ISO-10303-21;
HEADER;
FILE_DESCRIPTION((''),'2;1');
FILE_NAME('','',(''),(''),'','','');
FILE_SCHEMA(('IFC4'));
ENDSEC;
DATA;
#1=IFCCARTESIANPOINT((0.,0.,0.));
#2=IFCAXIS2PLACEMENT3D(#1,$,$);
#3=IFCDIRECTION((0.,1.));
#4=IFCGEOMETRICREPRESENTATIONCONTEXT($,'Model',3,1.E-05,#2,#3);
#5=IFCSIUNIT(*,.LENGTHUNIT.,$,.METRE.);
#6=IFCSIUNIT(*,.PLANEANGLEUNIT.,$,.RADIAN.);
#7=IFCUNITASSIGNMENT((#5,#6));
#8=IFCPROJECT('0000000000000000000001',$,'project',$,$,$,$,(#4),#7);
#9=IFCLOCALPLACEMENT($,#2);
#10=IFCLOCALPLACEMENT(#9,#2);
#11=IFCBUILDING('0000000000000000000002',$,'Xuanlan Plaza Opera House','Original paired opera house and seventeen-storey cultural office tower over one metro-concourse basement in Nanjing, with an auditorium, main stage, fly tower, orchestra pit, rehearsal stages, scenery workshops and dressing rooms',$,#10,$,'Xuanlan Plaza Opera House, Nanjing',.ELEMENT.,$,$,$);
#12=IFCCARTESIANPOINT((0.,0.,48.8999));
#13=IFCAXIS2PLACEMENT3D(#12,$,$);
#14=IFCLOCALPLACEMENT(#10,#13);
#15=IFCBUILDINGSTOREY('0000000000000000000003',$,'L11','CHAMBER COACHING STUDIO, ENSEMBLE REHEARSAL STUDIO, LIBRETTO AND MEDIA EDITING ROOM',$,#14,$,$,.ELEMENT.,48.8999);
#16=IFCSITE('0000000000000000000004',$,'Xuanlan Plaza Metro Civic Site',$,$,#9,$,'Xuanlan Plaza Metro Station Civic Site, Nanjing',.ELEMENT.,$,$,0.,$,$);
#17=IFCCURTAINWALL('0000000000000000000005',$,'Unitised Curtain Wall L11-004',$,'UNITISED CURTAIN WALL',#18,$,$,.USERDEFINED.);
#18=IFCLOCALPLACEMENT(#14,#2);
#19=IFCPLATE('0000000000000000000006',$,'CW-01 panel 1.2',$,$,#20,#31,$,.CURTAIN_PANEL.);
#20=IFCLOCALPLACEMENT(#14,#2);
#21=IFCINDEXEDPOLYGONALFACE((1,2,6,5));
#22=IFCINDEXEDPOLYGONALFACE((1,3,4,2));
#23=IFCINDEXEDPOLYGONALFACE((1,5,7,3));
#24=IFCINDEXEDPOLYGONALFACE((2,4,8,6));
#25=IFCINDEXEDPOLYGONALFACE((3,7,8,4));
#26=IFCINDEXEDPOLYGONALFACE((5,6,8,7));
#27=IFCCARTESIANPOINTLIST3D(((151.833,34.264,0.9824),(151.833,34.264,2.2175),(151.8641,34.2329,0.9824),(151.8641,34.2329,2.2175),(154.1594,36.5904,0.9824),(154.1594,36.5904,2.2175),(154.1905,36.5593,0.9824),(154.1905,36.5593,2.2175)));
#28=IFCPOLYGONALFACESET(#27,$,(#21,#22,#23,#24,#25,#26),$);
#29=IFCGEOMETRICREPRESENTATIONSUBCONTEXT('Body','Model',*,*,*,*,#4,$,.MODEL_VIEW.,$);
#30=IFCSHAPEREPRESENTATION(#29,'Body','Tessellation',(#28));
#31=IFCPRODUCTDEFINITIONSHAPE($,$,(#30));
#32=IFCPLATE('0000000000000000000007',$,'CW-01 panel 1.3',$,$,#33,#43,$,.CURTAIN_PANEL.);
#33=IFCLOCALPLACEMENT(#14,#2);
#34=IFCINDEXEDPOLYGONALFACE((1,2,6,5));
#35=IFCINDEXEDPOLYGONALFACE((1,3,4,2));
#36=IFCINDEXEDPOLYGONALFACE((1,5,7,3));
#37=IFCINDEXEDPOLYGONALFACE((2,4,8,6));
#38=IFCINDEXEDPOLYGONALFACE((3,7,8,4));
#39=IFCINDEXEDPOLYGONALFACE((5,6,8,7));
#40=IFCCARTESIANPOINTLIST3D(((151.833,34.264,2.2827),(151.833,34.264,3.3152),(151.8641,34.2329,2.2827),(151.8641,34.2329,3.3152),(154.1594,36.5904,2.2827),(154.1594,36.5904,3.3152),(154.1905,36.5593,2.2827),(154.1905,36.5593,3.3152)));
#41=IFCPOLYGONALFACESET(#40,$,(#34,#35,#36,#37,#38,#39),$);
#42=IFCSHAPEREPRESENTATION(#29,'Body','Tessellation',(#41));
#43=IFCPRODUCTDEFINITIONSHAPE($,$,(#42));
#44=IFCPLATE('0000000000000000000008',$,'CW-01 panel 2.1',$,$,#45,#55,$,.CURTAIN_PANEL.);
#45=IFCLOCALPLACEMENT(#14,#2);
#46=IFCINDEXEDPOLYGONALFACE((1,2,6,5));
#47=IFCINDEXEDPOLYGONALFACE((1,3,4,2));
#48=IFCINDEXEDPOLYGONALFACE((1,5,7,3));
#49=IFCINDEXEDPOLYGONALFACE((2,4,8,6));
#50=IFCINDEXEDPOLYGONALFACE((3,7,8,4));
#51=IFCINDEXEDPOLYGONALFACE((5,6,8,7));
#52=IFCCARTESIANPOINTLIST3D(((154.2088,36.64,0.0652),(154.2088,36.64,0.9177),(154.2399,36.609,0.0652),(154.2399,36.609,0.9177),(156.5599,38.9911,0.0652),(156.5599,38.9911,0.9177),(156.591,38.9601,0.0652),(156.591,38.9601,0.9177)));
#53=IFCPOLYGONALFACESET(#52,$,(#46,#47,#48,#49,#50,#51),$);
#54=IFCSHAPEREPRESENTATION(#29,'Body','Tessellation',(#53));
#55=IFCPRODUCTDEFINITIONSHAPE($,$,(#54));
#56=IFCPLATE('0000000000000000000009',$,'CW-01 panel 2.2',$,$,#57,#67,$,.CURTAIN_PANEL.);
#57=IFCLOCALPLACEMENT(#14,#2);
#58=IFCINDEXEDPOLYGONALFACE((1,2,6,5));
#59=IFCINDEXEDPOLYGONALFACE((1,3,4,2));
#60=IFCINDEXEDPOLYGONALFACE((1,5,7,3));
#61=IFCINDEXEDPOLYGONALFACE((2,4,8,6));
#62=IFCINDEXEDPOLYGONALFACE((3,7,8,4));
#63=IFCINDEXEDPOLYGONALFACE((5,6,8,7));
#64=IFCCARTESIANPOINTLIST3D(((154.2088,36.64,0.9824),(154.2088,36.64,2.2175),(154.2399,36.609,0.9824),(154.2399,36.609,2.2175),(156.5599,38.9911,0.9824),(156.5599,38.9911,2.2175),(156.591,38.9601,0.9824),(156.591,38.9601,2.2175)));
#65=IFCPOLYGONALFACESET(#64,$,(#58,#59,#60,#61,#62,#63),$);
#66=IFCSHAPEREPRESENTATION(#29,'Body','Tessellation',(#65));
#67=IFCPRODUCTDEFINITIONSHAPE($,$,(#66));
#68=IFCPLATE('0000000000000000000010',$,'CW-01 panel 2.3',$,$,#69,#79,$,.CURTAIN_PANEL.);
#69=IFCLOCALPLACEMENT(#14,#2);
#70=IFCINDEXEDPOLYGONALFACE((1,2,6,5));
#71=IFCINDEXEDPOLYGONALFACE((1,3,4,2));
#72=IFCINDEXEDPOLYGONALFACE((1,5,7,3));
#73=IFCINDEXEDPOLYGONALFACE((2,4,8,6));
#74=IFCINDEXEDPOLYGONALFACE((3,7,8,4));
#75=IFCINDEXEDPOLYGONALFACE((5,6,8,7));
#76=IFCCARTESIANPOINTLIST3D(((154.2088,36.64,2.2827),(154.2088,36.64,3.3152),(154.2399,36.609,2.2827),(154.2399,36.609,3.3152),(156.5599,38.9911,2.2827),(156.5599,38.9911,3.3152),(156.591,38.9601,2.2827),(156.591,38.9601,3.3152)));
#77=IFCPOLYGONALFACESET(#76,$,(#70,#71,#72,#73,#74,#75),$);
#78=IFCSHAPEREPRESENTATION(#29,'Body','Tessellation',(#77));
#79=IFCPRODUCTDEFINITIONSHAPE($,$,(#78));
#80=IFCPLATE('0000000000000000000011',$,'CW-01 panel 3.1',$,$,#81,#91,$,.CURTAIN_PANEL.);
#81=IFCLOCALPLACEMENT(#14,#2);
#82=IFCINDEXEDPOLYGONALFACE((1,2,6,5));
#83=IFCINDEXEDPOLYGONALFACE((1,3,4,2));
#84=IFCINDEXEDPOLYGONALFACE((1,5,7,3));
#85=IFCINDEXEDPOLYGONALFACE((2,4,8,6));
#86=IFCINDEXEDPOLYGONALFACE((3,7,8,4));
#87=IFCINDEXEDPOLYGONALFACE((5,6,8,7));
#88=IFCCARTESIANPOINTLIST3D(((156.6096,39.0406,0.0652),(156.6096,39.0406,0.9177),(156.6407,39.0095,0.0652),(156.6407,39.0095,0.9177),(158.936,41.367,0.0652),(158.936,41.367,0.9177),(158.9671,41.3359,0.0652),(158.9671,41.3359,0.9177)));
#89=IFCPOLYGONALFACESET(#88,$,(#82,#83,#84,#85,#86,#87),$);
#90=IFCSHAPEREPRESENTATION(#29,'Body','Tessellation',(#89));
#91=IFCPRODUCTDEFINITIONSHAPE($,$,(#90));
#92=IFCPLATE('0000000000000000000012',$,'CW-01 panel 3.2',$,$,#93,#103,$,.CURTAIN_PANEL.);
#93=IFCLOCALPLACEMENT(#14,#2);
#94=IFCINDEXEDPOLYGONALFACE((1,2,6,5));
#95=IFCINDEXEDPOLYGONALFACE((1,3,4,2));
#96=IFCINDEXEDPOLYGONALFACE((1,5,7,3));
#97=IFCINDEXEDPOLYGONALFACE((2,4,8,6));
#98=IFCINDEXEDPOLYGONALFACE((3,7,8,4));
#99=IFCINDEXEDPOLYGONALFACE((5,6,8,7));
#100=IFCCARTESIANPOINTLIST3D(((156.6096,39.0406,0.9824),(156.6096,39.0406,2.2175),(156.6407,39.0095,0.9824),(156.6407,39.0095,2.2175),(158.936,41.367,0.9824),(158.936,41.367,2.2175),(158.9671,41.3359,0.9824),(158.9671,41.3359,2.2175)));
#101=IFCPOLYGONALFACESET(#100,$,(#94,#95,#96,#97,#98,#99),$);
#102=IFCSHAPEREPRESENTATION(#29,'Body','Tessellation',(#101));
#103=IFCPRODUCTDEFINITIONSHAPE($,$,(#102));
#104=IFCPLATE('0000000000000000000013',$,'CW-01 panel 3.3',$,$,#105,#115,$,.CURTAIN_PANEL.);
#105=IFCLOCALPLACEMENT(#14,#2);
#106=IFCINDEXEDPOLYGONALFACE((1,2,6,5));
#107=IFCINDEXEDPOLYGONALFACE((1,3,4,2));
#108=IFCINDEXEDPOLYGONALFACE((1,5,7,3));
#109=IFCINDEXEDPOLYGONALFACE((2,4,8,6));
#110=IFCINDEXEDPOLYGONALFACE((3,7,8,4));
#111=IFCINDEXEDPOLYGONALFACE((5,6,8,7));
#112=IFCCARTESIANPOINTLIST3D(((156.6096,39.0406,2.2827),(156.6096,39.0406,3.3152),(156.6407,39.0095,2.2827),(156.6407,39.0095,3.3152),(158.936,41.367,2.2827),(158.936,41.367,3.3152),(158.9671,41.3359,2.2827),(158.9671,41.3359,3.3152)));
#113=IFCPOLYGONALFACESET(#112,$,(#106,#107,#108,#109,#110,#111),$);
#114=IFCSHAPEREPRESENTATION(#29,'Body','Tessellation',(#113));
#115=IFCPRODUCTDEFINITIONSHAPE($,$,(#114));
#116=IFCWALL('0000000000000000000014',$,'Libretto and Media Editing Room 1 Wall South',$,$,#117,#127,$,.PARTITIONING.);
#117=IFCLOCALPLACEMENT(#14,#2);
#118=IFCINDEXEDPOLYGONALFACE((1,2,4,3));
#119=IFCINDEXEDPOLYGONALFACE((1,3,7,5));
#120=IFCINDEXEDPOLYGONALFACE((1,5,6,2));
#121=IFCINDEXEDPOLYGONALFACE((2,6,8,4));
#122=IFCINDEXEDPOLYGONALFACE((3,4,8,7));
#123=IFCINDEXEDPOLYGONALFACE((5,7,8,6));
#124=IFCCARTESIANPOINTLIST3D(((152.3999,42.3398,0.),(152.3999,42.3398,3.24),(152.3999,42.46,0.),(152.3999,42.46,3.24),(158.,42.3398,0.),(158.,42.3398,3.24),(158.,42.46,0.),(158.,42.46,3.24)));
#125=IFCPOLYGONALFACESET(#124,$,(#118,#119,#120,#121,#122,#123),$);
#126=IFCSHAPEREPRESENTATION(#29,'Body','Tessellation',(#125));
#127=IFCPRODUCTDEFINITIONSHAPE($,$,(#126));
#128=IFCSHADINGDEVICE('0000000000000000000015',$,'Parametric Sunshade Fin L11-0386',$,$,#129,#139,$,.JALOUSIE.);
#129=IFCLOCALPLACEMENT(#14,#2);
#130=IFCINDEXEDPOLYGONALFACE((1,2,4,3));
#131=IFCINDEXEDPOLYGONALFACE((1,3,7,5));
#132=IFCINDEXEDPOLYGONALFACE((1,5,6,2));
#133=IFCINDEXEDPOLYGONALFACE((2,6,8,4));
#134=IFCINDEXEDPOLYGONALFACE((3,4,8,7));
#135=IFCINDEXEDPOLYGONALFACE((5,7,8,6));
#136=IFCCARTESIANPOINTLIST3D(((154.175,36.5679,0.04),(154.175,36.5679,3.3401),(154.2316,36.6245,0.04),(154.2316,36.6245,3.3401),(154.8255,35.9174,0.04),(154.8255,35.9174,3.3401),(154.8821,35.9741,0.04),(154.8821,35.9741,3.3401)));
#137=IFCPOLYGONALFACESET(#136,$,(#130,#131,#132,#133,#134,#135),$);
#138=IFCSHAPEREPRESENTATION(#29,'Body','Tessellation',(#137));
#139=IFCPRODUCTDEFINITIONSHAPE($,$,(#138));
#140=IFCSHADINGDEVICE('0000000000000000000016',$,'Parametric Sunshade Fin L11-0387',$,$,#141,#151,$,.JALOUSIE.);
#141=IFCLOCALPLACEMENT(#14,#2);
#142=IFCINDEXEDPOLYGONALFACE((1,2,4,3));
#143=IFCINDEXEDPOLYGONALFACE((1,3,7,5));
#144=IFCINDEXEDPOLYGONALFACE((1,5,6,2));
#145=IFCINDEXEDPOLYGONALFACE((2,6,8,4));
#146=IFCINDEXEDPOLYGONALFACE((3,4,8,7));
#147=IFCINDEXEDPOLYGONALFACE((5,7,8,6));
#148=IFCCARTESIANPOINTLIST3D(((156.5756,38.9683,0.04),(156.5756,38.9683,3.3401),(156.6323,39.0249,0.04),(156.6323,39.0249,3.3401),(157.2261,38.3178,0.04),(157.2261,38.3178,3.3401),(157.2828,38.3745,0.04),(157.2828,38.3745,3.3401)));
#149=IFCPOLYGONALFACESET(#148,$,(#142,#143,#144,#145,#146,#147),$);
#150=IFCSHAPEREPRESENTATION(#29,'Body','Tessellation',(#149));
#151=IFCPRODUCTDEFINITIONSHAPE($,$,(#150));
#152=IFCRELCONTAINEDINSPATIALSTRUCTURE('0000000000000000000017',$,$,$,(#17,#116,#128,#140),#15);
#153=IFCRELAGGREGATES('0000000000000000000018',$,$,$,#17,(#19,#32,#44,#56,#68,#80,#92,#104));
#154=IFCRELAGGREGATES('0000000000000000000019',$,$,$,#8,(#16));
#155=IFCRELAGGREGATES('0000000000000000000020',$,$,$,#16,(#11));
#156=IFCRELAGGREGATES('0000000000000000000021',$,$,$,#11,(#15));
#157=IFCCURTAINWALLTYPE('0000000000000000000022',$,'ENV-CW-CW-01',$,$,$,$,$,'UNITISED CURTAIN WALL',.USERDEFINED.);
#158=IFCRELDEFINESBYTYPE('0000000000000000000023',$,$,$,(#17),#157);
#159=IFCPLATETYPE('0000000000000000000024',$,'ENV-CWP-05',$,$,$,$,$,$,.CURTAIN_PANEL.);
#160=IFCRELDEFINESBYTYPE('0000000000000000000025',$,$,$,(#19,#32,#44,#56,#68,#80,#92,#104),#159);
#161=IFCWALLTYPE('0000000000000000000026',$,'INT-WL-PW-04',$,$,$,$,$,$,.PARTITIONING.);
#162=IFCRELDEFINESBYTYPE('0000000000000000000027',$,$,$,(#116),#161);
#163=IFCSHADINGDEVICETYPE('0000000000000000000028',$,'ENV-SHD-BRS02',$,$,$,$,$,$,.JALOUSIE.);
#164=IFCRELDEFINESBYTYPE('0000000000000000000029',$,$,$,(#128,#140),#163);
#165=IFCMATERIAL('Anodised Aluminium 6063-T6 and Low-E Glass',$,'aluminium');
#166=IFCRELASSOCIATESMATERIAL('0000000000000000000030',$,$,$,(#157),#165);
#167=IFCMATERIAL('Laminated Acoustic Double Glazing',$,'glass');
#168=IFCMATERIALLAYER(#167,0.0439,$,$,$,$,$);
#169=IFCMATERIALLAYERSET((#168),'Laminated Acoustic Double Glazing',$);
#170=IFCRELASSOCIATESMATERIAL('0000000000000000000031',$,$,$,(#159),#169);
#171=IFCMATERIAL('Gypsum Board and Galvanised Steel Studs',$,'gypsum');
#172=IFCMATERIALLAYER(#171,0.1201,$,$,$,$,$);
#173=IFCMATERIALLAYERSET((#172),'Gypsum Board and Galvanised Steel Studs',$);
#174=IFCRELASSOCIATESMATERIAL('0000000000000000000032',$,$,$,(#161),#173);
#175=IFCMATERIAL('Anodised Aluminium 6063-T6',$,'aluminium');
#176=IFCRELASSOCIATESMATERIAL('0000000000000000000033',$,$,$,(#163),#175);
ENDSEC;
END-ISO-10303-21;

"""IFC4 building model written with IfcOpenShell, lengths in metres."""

from ifc_helpers import new_model, si_unit, direction, frame, frame_2d, origin, origin_2d, place, context, subcontext, project, spatial, rectangle, extrude, material, layer, layer_set, type_object, element, aggregate, save


model = new_model("IFC4")

# Units and contexts
model_context = context("Model", 3, precision=1e-05, world=origin(), true_north=direction((0.0, 1.0)))
body_context = subcontext(model_context, "Body", "Model", "MODEL_VIEW")
ifc_project = project(units=[si_unit("LENGTHUNIT", "METRE"), si_unit("PLANEANGLEUNIT", "RADIAN")], contexts=[model_context])

# Site, building, storey
site_placement = place(None, origin())
site = spatial("IfcSite", under=ifc_project, at=site_placement, Name="Xuanlan Plaza Metro Civic Site", LongName="Xuanlan Plaza Metro Station Civic Site, Nanjing", CompositionType="ELEMENT", RefElevation=0.0)
building_placement = place(site_placement, origin())
building = spatial("IfcBuilding", under=site, at=building_placement, Name="Xuanlan Plaza Opera House", Description="Original paired opera house and seventeen-storey cultural office tower over one metro-concourse basement in Nanjing, with an auditorium, main stage, fly tower, orchestra pit, rehearsal stages, scenery workshops and dressing rooms", LongName="Xuanlan Plaza Opera House, Nanjing", CompositionType="ELEMENT")
storey_placement = place(building_placement, frame((0.0, 0.0, 48.8999)))
storey = spatial("IfcBuildingStorey", under=building, at=storey_placement, Name="L11", Description="CHAMBER COACHING STUDIO, ENSEMBLE REHEARSAL STUDIO, LIBRETTO AND MEDIA EDITING ROOM", CompositionType="ELEMENT", Elevation=48.8999)

# Curtain wall
ifc_material_1 = material(Name="Anodised Aluminium 6063-T6 and Low-E Glass", Category="aluminium")
curtain_wall_type = type_object("IfcCurtainWallType", Name="ENV-CW-CW-01", ElementType="UNITISED CURTAIN WALL", PredefinedType="USERDEFINED", material=ifc_material_1)
curtain_wall_placement = place(storey_placement, origin())
curtain_wall = element("IfcCurtainWall", 1, at=curtain_wall_placement, inside=storey, type_object=curtain_wall_type, Name="Unitised Curtain Wall L11-004", ObjectType="UNITISED CURTAIN WALL", PredefinedType="USERDEFINED")
ifc_material_2 = material(Name="Anodised Aluminium 6063-T6", Category="aluminium")

# Plates
ifc_material_3 = material(Name="Laminated Acoustic Double Glazing", Category="glass")
ifc_layer_1 = layer(ifc_material_3, 0.0439)
ifc_layer_set_1 = layer_set([ifc_layer_1], Name="Laminated Acoustic Double Glazing")
plate_type = type_object("IfcPlateType", Name="ENV-CWP-05", PredefinedType="CURTAIN_PANEL", material=ifc_layer_set_1)
plate_1_placement = place(storey_placement, frame((153.0117, 35.4116, 0.9824), z_axis=(0.0, 0.0, 1.0), x_axis=(0.707107, 0.707107, 0.0)))
plate_1 = element("IfcPlate", 2, at=plate_1_placement, type_object=plate_type, Name="CW-01 panel 1.2", PredefinedType="CURTAIN_PANEL", context=body_context, shape_type="SweptSolid", body=[
    extrude(rectangle(XDim=3.29, YDim=0.0439, at=origin_2d()), origin(), (0.0, 0.0, 1.0), 1.2351),
])
plate_2_placement = place(storey_placement, frame((153.0117, 35.4116, 2.2827), z_axis=(0.0, 0.0, 1.0), x_axis=(0.707107, 0.707107, 0.0)))
plate_2 = element("IfcPlate", 3, at=plate_2_placement, type_object=plate_type, Name="CW-01 panel 1.3", PredefinedType="CURTAIN_PANEL", context=body_context, shape_type="SweptSolid", body=[
    extrude(rectangle(XDim=3.29, YDim=0.0439, at=origin_2d()), origin(), (0.0, 0.0, 1.0), 1.0325),
])
plate_3_placement = place(storey_placement, frame((155.3999, 37.8, 0.0652), z_axis=(0.0, 0.0, 1.0), x_axis=(0.707107, 0.707107, 0.0)))
plate_3 = element("IfcPlate", 4, at=plate_3_placement, type_object=plate_type, Name="CW-01 panel 2.1", PredefinedType="CURTAIN_PANEL", context=body_context, shape_type="SweptSolid", body=[
    extrude(rectangle(XDim=3.325, YDim=0.0439, at=origin_2d()), origin(), (0.0, 0.0, 1.0), 0.8525),
])
plate_4_placement = place(storey_placement, frame((155.3999, 37.8, 0.9824), z_axis=(0.0, 0.0, 1.0), x_axis=(0.707107, 0.707107, 0.0)))
plate_4 = element("IfcPlate", 5, at=plate_4_placement, type_object=plate_type, Name="CW-01 panel 2.2", PredefinedType="CURTAIN_PANEL", context=body_context, shape_type="SweptSolid", body=[
    extrude(rectangle(XDim=3.325, YDim=0.0439, at=origin_2d()), origin(), (0.0, 0.0, 1.0), 1.2351),
])
plate_5_placement = place(storey_placement, frame((155.3999, 37.8, 2.2827), z_axis=(0.0, 0.0, 1.0), x_axis=(0.707107, 0.707107, 0.0)))
plate_5 = element("IfcPlate", 6, at=plate_5_placement, type_object=plate_type, Name="CW-01 panel 2.3", PredefinedType="CURTAIN_PANEL", context=body_context, shape_type="SweptSolid", body=[
    extrude(rectangle(XDim=3.325, YDim=0.0439, at=origin_2d()), origin(), (0.0, 0.0, 1.0), 1.0325),
])
plate_6_placement = place(storey_placement, frame((157.7883, 40.1882, 0.0652), z_axis=(0.0, 0.0, 1.0), x_axis=(0.707107, 0.707107, 0.0)))
plate_6 = element("IfcPlate", 7, at=plate_6_placement, type_object=plate_type, Name="CW-01 panel 3.1", PredefinedType="CURTAIN_PANEL", context=body_context, shape_type="SweptSolid", body=[
    extrude(rectangle(XDim=3.29, YDim=0.0439, at=origin_2d()), origin(), (0.0, 0.0, 1.0), 0.8525),
])
plate_7_placement = place(storey_placement, frame((157.7883, 40.1882, 0.9824), z_axis=(0.0, 0.0, 1.0), x_axis=(0.707107, 0.707107, 0.0)))
plate_7 = element("IfcPlate", 8, at=plate_7_placement, type_object=plate_type, Name="CW-01 panel 3.2", PredefinedType="CURTAIN_PANEL", context=body_context, shape_type="SweptSolid", body=[
    extrude(rectangle(XDim=3.29, YDim=0.0439, at=origin_2d()), origin(), (0.0, 0.0, 1.0), 1.2351),
])
plate_8_placement = place(storey_placement, frame((157.7883, 40.1882, 2.2827), z_axis=(0.0, 0.0, 1.0), x_axis=(0.707107, 0.707107, 0.0)))
plate_8 = element("IfcPlate", 9, at=plate_8_placement, type_object=plate_type, Name="CW-01 panel 3.3", PredefinedType="CURTAIN_PANEL", context=body_context, shape_type="SweptSolid", body=[
    extrude(rectangle(XDim=3.29, YDim=0.0439, at=origin_2d()), origin(), (0.0, 0.0, 1.0), 1.0325),
])
aggregate(curtain_wall, [plate_1, plate_2, plate_3, plate_4, plate_5, plate_6, plate_7, plate_8])

# Wall
ifc_material_4 = material(Name="Gypsum Board and Galvanised Steel Studs", Category="gypsum")
ifc_layer_2 = layer(ifc_material_4, 0.1201)
ifc_layer_set_2 = layer_set([ifc_layer_2], Name="Gypsum Board and Galvanised Steel Studs")
wall_type = type_object("IfcWallType", Name="INT-WL-PW-04", PredefinedType="PARTITIONING", material=ifc_layer_set_2)
wall_placement = place(storey_placement, frame((152.3999, 42.3999, 0.0), z_axis=(0.0, 0.0, 1.0), x_axis=(1.0, 0.0, 0.0)))
element("IfcWall", 10, at=wall_placement, inside=storey, type_object=wall_type, Name="Libretto and Media Editing Room 1 Wall South", PredefinedType="PARTITIONING", context=body_context, shape_type="SweptSolid", body=[
    extrude(rectangle(XDim=5.6001, YDim=0.1201, at=frame_2d((2.8, 0.0))), origin(), (0.0, 0.0, 1.0), 3.24),
])

# Shading devices
shading_device_type = type_object("IfcShadingDeviceType", Name="ENV-SHD-BRS02", PredefinedType="JALOUSIE", material=ifc_material_2)
for number, where, z_axis, x_axis, name in (
    (11, (154.5286, 36.271, 0.04), (0.0, 0.0, 1.0), (0.707107, -0.707107, 0.0), "Parametric Sunshade Fin L11-0386"),
    (12, (156.9292, 38.6714, 0.04), (0.0, 0.0, 1.0), (0.707107, -0.707107, 0.0), "Parametric Sunshade Fin L11-0387"),
):
    element("IfcShadingDevice", number, at=place(storey_placement, frame(where, z_axis=z_axis, x_axis=x_axis)), inside=storey, type_object=shading_device_type, Name=name, PredefinedType="JALOUSIE", context=body_context, shape_type="SweptSolid", body=[
        extrude(rectangle(XDim=0.9199, YDim=0.0801, at=origin_2d()), origin(), (0.0, 0.0, 1.0), 3.3),
    ])

save(model, "model.ifc")
